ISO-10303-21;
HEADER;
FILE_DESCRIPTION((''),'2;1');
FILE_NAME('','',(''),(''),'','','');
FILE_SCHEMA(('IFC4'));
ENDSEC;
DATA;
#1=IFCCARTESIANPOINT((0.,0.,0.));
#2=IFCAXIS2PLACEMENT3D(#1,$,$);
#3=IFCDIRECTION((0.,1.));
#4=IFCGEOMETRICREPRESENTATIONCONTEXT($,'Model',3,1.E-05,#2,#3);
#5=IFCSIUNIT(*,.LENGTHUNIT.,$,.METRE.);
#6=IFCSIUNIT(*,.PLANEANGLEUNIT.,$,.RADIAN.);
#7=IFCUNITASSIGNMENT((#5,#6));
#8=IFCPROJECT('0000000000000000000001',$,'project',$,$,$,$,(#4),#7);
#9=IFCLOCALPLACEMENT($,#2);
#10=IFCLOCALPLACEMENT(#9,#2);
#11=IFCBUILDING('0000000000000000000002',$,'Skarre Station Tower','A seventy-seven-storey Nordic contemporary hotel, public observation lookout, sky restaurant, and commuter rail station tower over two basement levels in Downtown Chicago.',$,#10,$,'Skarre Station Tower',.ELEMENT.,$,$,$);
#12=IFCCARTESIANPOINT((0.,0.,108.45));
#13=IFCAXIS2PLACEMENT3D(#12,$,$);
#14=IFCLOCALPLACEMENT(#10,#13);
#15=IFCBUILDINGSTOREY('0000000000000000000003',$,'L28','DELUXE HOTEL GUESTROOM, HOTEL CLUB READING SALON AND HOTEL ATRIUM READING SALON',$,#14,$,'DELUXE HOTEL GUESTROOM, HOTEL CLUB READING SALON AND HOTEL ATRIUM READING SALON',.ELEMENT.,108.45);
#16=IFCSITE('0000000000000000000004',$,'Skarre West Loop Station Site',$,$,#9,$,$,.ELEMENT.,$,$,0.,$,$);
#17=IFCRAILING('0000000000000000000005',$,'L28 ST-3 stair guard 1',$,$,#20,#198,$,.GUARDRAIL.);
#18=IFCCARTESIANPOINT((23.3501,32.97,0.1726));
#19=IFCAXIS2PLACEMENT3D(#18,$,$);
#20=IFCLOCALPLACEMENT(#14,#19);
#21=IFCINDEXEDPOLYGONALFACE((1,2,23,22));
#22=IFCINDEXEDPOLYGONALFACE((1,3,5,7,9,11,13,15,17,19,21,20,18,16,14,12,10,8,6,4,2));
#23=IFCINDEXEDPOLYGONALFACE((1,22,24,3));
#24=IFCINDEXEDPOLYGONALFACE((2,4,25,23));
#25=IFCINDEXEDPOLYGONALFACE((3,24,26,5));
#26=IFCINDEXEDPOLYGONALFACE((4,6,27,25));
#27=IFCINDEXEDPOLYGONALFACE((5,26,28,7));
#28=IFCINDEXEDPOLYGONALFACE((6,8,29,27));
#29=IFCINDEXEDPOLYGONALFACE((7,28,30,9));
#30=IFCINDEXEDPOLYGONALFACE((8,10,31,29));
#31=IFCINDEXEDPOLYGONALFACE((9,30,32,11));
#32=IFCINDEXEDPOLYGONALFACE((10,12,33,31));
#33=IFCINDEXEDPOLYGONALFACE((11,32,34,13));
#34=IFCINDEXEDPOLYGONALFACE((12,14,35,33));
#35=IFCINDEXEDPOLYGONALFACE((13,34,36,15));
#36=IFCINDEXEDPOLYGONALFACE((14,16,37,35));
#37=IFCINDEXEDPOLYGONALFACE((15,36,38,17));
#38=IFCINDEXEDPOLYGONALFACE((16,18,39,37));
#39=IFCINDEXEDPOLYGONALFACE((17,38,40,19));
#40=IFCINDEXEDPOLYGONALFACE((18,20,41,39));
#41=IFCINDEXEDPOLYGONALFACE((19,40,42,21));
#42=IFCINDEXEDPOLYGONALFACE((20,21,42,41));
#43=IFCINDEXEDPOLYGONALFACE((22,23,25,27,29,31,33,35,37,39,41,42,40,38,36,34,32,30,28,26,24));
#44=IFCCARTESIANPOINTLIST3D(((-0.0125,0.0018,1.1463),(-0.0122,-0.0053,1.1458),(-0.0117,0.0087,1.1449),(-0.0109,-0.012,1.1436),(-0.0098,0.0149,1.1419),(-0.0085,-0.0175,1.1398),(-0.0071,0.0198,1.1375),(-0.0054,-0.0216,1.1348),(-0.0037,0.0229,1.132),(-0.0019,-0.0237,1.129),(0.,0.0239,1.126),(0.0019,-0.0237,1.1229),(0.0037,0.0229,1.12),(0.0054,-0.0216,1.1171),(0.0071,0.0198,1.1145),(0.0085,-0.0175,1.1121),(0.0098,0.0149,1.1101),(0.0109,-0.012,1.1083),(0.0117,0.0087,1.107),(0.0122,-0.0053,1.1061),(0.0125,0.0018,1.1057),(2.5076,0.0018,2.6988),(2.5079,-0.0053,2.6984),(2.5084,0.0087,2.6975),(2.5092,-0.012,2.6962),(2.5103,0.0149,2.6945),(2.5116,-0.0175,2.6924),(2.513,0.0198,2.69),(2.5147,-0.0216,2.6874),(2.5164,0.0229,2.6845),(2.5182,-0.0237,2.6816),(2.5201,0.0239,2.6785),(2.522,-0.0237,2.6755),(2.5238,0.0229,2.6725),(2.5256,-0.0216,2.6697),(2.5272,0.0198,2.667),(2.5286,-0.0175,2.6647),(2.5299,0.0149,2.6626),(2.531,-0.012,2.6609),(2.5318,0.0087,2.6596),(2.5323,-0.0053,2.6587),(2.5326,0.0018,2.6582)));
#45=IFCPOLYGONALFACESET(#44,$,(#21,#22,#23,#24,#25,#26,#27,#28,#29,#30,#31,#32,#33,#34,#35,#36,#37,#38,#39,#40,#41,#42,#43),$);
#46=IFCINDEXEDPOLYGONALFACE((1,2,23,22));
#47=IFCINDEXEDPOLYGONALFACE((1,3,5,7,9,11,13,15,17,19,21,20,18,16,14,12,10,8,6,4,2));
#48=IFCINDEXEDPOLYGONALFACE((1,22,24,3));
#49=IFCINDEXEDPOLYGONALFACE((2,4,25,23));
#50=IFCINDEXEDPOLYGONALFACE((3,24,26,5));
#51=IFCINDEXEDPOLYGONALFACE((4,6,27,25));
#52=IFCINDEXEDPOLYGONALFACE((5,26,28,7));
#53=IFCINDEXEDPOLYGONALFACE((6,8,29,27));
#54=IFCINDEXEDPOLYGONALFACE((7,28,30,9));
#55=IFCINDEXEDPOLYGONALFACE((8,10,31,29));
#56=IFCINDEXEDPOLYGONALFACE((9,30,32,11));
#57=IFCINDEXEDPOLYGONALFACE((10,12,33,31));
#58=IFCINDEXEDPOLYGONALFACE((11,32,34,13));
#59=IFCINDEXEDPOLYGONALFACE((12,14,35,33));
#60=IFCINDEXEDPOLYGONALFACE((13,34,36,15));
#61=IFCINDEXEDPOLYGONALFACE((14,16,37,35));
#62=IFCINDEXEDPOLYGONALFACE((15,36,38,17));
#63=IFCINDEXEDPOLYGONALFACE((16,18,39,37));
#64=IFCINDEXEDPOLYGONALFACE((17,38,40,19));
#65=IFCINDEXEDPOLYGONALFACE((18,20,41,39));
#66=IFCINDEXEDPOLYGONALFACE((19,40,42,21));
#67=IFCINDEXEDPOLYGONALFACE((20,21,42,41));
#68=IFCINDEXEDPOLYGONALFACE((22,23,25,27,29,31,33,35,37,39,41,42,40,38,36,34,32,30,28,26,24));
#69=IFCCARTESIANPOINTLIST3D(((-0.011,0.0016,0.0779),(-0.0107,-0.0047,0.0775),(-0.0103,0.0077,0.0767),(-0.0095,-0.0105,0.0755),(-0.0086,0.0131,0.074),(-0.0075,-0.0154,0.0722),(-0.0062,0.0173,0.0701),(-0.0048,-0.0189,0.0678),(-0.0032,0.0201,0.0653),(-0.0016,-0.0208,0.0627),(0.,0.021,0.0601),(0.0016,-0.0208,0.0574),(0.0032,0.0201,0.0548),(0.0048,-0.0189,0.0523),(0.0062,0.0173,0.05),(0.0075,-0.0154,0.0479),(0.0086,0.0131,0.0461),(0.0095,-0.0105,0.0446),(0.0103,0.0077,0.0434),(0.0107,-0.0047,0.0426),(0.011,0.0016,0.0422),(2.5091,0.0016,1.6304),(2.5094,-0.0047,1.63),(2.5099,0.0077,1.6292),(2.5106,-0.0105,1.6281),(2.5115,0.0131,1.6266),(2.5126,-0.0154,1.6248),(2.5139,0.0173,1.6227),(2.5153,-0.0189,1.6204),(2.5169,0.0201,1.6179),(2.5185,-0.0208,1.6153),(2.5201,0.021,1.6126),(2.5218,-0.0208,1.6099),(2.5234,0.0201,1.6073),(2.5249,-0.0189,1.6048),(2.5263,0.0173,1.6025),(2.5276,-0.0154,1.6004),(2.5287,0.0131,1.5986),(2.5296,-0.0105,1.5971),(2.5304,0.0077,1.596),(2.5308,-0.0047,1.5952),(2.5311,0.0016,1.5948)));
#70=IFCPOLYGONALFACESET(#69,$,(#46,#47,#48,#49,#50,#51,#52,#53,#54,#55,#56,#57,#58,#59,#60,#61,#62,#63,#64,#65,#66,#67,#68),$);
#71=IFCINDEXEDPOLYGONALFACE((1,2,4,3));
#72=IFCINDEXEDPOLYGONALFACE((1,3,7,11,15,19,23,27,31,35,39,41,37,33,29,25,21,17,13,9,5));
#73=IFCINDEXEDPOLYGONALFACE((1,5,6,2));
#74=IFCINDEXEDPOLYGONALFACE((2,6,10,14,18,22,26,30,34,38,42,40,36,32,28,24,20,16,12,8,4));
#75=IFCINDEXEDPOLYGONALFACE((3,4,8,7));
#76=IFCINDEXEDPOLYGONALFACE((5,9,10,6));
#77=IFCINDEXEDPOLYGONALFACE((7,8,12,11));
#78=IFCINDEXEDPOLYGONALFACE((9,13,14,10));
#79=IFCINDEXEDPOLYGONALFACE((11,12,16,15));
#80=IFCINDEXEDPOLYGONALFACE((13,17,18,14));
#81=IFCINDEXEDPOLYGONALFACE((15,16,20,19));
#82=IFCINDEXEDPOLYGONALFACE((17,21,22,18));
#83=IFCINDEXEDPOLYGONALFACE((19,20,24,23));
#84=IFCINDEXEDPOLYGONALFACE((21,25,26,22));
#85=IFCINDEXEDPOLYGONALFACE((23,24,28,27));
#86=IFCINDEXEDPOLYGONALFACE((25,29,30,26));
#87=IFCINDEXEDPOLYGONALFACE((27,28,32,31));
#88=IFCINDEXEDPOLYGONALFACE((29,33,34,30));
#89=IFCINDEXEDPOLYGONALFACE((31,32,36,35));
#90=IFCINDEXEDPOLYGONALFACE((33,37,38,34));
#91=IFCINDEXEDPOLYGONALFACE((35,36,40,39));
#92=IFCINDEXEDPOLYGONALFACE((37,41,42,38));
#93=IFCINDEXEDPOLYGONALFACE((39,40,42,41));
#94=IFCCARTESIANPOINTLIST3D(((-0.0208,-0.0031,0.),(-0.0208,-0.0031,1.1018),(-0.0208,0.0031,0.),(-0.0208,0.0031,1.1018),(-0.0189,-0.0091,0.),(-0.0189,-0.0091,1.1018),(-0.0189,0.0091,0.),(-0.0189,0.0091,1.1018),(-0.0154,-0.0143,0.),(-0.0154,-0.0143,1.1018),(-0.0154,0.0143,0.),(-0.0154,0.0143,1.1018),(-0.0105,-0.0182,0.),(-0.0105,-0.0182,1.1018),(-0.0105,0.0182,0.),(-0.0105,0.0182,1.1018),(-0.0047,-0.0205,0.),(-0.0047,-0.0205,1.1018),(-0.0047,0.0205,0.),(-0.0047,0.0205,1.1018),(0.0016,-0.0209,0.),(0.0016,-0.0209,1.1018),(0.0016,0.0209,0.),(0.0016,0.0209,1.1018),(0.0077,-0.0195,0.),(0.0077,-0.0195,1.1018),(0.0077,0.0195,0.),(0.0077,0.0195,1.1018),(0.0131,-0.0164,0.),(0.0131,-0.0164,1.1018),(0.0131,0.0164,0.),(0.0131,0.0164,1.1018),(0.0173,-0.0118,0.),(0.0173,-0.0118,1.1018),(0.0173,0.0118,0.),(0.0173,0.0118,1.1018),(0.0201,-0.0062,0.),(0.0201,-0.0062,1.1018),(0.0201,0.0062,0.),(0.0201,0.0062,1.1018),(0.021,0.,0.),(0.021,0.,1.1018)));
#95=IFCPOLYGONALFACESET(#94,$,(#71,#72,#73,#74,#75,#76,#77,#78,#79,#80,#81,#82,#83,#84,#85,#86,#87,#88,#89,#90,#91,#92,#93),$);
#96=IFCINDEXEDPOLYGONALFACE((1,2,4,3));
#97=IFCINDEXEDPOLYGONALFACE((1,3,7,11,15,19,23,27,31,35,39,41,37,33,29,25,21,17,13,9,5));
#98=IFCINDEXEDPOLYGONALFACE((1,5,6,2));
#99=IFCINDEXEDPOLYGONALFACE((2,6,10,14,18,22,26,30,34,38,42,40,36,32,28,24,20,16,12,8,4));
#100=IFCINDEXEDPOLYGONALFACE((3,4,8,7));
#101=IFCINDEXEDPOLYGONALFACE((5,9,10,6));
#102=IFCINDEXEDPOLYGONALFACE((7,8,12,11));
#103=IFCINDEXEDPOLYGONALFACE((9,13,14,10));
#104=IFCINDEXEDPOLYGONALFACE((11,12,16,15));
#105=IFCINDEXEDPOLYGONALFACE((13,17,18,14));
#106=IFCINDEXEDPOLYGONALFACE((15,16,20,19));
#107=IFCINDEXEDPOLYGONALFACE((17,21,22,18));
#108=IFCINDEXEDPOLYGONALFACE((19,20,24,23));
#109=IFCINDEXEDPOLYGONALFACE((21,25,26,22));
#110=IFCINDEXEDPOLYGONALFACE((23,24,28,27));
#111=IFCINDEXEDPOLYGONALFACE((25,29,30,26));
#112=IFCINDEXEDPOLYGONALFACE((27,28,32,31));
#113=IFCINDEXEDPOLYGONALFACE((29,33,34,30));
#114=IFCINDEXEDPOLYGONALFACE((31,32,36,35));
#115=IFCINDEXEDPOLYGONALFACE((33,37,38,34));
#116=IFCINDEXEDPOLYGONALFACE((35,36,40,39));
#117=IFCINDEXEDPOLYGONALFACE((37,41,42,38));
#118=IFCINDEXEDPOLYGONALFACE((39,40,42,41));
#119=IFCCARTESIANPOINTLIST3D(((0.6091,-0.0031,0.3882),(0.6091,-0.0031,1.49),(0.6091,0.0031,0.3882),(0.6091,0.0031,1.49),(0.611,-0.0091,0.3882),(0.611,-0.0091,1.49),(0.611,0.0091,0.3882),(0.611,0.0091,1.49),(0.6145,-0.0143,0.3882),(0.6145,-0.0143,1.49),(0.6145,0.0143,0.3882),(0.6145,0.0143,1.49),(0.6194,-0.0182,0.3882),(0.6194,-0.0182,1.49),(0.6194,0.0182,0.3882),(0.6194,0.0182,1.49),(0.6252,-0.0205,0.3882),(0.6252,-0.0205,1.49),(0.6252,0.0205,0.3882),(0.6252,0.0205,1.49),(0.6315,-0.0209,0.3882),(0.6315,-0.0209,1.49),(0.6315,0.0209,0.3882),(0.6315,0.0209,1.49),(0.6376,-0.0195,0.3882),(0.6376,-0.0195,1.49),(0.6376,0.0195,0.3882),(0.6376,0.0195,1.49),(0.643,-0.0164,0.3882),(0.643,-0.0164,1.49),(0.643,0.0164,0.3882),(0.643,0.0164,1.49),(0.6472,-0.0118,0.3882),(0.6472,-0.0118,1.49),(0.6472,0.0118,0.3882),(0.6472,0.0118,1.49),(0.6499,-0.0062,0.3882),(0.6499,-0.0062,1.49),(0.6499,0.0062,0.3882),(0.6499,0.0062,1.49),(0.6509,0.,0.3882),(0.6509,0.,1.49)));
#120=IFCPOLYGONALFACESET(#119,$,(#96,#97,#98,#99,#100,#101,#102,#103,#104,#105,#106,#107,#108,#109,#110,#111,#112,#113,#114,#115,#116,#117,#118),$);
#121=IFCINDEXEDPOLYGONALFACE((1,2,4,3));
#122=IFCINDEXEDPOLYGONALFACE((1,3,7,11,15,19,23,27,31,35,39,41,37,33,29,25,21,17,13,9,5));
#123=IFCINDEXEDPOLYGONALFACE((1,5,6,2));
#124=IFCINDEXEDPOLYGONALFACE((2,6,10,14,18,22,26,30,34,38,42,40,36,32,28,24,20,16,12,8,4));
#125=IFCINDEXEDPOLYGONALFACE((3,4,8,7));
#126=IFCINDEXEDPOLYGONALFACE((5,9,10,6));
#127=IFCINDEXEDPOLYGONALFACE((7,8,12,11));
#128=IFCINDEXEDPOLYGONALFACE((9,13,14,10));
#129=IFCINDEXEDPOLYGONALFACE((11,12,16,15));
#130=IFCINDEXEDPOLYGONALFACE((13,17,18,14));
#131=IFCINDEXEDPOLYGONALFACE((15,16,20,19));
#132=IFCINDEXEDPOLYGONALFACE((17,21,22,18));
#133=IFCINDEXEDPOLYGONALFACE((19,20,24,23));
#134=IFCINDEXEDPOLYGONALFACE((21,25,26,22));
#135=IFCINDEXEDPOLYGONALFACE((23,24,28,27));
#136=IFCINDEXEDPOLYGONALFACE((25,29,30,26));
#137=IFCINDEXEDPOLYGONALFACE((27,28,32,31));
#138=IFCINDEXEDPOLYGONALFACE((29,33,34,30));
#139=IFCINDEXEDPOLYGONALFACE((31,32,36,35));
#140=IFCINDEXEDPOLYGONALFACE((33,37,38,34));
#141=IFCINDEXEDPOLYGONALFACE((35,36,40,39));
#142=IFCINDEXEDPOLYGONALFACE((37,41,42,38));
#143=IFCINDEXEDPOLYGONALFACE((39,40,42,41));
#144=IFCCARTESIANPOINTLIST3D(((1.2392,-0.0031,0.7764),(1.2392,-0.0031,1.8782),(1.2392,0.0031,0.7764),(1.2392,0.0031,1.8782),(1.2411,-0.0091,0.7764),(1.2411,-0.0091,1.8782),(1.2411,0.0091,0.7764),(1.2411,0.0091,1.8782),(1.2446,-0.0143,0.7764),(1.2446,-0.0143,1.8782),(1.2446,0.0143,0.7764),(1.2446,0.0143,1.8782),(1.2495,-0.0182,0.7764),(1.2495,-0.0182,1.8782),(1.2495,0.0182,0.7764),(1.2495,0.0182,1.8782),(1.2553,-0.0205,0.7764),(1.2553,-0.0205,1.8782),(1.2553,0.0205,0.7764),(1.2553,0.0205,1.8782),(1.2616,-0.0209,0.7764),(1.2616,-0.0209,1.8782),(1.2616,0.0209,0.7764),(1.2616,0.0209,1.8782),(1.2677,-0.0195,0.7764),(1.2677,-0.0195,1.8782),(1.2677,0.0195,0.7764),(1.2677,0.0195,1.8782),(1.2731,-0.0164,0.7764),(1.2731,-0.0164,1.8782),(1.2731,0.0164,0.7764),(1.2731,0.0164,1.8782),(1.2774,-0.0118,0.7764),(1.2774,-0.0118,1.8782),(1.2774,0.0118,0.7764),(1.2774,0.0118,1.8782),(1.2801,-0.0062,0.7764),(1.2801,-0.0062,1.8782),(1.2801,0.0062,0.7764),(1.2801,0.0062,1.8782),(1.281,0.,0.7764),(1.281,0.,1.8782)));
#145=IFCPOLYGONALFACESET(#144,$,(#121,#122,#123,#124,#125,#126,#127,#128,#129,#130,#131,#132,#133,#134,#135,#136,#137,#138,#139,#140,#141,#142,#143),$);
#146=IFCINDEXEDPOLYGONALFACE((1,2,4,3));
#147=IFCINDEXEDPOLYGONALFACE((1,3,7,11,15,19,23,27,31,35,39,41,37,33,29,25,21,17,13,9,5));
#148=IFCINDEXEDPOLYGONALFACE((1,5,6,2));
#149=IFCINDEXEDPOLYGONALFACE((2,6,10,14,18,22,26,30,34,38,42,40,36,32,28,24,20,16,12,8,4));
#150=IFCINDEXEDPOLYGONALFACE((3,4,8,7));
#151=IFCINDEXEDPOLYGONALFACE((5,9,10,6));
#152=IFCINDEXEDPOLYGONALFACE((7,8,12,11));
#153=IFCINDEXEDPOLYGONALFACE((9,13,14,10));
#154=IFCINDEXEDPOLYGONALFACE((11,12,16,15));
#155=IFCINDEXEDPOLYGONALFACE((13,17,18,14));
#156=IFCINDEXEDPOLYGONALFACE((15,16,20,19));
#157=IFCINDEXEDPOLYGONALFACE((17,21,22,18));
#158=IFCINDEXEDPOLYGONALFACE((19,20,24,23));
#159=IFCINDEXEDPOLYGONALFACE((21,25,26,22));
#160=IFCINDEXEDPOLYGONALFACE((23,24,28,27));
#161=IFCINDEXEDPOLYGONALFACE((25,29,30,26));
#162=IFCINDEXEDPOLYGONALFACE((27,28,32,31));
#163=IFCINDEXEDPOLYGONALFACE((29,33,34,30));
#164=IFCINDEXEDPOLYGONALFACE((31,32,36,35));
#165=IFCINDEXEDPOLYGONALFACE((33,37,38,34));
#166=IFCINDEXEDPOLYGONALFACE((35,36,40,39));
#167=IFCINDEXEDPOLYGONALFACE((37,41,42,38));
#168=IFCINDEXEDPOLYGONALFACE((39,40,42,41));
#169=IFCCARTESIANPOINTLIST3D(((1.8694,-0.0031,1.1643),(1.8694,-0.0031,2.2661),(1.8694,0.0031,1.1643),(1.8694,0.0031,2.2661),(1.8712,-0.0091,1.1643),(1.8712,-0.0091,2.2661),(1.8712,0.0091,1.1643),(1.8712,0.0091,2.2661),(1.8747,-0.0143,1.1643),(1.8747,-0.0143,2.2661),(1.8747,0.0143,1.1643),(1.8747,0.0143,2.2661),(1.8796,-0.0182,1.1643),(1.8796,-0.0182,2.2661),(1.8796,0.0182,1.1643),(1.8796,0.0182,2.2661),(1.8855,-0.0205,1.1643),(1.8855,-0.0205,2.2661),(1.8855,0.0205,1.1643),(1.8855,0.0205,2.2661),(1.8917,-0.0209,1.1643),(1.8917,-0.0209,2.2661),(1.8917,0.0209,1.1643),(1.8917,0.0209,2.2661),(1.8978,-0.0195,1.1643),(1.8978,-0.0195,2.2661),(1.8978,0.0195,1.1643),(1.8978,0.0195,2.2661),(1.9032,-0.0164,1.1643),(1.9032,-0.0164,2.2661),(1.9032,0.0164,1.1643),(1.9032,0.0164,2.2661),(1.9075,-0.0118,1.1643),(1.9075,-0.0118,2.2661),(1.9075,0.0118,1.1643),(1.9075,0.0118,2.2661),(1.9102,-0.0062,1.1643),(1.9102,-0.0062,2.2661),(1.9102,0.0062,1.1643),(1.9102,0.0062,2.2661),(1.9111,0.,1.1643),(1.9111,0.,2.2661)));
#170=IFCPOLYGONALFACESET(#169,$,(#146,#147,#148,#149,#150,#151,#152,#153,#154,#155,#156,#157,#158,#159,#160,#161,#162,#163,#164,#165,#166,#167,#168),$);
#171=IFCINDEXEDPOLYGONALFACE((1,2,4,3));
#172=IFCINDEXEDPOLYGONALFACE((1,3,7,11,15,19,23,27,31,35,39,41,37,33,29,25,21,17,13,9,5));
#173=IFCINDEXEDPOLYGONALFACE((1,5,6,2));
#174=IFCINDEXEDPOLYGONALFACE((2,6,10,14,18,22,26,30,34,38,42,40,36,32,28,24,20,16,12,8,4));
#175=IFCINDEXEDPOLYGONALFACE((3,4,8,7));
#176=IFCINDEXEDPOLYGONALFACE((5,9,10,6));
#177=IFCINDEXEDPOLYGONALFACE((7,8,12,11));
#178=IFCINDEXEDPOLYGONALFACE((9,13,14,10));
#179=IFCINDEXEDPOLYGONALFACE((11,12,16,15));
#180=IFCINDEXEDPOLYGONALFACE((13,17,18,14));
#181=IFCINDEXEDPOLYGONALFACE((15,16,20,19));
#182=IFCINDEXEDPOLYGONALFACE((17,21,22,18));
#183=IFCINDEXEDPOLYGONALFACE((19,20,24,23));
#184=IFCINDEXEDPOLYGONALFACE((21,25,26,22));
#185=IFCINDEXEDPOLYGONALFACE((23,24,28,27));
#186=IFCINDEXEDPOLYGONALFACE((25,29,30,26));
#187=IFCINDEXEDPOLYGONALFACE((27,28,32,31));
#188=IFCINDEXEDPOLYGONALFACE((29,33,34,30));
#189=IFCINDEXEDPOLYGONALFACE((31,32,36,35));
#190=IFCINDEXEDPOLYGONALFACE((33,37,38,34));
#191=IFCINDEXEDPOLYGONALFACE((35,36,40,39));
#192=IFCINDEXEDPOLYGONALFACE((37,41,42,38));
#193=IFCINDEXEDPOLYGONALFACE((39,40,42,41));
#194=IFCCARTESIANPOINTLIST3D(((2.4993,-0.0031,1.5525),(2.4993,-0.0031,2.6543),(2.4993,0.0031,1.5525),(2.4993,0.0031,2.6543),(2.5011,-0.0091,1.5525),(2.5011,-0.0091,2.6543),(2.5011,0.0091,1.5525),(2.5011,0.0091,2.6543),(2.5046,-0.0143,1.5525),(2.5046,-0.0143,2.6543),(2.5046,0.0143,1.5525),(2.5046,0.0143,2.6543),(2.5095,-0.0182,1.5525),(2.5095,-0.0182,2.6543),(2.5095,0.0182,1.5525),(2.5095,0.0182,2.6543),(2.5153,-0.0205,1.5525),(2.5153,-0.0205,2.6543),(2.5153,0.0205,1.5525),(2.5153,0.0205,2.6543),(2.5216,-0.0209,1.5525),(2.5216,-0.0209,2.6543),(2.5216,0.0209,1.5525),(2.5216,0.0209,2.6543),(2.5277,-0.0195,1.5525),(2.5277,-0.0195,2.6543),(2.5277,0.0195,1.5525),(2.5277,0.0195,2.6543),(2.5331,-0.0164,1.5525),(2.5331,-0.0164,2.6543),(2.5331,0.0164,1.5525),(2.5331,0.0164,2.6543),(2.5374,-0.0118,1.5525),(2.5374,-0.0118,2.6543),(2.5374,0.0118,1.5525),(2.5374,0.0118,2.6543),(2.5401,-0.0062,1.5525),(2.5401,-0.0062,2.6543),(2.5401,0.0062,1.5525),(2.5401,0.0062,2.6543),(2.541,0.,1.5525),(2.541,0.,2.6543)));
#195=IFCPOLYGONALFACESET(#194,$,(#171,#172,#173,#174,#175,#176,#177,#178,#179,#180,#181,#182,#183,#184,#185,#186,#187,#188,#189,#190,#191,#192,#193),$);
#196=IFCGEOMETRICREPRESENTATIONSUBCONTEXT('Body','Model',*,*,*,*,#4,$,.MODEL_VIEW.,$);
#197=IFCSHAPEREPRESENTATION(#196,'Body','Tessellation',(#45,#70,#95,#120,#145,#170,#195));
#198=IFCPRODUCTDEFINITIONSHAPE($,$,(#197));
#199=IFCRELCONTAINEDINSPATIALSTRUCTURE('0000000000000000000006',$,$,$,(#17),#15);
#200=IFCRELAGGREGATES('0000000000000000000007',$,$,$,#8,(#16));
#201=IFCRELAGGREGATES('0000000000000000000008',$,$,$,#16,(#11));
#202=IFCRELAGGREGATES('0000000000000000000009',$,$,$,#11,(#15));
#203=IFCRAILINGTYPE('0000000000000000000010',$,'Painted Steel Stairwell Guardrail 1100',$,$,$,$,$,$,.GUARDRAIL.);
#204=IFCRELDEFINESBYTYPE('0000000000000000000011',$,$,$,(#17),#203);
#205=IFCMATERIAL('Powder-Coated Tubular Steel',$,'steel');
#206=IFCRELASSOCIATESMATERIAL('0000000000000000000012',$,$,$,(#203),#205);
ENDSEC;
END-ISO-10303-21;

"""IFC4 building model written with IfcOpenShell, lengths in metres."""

from ifc_helpers import new_model, si_unit, direction, frame, origin, origin_2d, place, context, subcontext, project, spatial, circle, extrude, material, type_object, element, save


model = new_model("IFC4")

# Units and contexts
model_context = context("Model", 3, precision=1e-05, world=origin(), true_north=direction((0.0, 1.0)))
body_context = subcontext(model_context, "Body", "Model", "MODEL_VIEW")
ifc_project = project(units=[si_unit("LENGTHUNIT", "METRE"), si_unit("PLANEANGLEUNIT", "RADIAN")], contexts=[model_context])

# Site, building, storey
site_placement = place(None, origin())
site = spatial("IfcSite", under=ifc_project, at=site_placement, Name="Skarre West Loop Station Site", CompositionType="ELEMENT", RefElevation=0.0)
building_placement = place(site_placement, origin())
building = spatial("IfcBuilding", under=site, at=building_placement, Name="Skarre Station Tower", Description="A seventy-seven-storey Nordic contemporary hotel, public observation lookout, sky restaurant, and commuter rail station tower over two basement levels in Downtown Chicago.", LongName="Skarre Station Tower", CompositionType="ELEMENT")
storey_placement = place(building_placement, frame((0.0, 0.0, 108.45)))
storey = spatial("IfcBuildingStorey", under=building, at=storey_placement, Name="L28", Description="DELUXE HOTEL GUESTROOM, HOTEL CLUB READING SALON AND HOTEL ATRIUM READING SALON", LongName="DELUXE HOTEL GUESTROOM, HOTEL CLUB READING SALON AND HOTEL ATRIUM READING SALON", CompositionType="ELEMENT", Elevation=108.45)

# Railing
ifc_material_1 = material(Name="Powder-Coated Tubular Steel", Category="steel")
railing_type_1 = type_object("IfcRailingType", Name="Painted Steel Stairwell Guardrail 1100", PredefinedType="GUARDRAIL", material=ifc_material_1)
railing_1_placement = place(storey_placement, frame((23.3501, 32.97, 0.1726)))
element("IfcRailing", 1, at=railing_1_placement, inside=storey, type_object=railing_type_1, Name="L28 ST-3 stair guard 1", PredefinedType="GUARDRAIL", context=body_context, shape_type="SweptSolid", body=[
    extrude(circle(Radius=0.0239, at=origin_2d()), frame((0.0, 0.0, 1.126), z_axis=(0.8514, 0.0, 0.524516), x_axis=(0.0, 1.0, 0.0)), (0.0, 0.0, 1.0), 2.96),
    extrude(circle(Radius=0.021, at=origin_2d()), frame((0.0, 0.0, 0.0601), z_axis=(0.8514, 0.0, 0.524516), x_axis=(0.0, 1.0, 0.0)), (0.0, 0.0, 1.0), 2.96),
    extrude(circle(Radius=0.021, at=origin_2d()), origin(), (0.0, 0.0, 1.0), 1.1018),
    extrude(circle(Radius=0.021, at=origin_2d()), frame((0.6299, 0.0, 0.3882)), (0.0, 0.0, 1.0), 1.1018),
    extrude(circle(Radius=0.021, at=origin_2d()), frame((1.26, 0.0, 0.7764)), (0.0, 0.0, 1.0), 1.1018),
    extrude(circle(Radius=0.021, at=origin_2d()), frame((1.8901, 0.0, 1.1643)), (0.0, 0.0, 1.0), 1.1018),
    extrude(circle(Radius=0.021, at=origin_2d()), frame((2.52, 0.0, 1.5525)), (0.0, 0.0, 1.0), 1.1018),
])

save(model, "model.ifc")
